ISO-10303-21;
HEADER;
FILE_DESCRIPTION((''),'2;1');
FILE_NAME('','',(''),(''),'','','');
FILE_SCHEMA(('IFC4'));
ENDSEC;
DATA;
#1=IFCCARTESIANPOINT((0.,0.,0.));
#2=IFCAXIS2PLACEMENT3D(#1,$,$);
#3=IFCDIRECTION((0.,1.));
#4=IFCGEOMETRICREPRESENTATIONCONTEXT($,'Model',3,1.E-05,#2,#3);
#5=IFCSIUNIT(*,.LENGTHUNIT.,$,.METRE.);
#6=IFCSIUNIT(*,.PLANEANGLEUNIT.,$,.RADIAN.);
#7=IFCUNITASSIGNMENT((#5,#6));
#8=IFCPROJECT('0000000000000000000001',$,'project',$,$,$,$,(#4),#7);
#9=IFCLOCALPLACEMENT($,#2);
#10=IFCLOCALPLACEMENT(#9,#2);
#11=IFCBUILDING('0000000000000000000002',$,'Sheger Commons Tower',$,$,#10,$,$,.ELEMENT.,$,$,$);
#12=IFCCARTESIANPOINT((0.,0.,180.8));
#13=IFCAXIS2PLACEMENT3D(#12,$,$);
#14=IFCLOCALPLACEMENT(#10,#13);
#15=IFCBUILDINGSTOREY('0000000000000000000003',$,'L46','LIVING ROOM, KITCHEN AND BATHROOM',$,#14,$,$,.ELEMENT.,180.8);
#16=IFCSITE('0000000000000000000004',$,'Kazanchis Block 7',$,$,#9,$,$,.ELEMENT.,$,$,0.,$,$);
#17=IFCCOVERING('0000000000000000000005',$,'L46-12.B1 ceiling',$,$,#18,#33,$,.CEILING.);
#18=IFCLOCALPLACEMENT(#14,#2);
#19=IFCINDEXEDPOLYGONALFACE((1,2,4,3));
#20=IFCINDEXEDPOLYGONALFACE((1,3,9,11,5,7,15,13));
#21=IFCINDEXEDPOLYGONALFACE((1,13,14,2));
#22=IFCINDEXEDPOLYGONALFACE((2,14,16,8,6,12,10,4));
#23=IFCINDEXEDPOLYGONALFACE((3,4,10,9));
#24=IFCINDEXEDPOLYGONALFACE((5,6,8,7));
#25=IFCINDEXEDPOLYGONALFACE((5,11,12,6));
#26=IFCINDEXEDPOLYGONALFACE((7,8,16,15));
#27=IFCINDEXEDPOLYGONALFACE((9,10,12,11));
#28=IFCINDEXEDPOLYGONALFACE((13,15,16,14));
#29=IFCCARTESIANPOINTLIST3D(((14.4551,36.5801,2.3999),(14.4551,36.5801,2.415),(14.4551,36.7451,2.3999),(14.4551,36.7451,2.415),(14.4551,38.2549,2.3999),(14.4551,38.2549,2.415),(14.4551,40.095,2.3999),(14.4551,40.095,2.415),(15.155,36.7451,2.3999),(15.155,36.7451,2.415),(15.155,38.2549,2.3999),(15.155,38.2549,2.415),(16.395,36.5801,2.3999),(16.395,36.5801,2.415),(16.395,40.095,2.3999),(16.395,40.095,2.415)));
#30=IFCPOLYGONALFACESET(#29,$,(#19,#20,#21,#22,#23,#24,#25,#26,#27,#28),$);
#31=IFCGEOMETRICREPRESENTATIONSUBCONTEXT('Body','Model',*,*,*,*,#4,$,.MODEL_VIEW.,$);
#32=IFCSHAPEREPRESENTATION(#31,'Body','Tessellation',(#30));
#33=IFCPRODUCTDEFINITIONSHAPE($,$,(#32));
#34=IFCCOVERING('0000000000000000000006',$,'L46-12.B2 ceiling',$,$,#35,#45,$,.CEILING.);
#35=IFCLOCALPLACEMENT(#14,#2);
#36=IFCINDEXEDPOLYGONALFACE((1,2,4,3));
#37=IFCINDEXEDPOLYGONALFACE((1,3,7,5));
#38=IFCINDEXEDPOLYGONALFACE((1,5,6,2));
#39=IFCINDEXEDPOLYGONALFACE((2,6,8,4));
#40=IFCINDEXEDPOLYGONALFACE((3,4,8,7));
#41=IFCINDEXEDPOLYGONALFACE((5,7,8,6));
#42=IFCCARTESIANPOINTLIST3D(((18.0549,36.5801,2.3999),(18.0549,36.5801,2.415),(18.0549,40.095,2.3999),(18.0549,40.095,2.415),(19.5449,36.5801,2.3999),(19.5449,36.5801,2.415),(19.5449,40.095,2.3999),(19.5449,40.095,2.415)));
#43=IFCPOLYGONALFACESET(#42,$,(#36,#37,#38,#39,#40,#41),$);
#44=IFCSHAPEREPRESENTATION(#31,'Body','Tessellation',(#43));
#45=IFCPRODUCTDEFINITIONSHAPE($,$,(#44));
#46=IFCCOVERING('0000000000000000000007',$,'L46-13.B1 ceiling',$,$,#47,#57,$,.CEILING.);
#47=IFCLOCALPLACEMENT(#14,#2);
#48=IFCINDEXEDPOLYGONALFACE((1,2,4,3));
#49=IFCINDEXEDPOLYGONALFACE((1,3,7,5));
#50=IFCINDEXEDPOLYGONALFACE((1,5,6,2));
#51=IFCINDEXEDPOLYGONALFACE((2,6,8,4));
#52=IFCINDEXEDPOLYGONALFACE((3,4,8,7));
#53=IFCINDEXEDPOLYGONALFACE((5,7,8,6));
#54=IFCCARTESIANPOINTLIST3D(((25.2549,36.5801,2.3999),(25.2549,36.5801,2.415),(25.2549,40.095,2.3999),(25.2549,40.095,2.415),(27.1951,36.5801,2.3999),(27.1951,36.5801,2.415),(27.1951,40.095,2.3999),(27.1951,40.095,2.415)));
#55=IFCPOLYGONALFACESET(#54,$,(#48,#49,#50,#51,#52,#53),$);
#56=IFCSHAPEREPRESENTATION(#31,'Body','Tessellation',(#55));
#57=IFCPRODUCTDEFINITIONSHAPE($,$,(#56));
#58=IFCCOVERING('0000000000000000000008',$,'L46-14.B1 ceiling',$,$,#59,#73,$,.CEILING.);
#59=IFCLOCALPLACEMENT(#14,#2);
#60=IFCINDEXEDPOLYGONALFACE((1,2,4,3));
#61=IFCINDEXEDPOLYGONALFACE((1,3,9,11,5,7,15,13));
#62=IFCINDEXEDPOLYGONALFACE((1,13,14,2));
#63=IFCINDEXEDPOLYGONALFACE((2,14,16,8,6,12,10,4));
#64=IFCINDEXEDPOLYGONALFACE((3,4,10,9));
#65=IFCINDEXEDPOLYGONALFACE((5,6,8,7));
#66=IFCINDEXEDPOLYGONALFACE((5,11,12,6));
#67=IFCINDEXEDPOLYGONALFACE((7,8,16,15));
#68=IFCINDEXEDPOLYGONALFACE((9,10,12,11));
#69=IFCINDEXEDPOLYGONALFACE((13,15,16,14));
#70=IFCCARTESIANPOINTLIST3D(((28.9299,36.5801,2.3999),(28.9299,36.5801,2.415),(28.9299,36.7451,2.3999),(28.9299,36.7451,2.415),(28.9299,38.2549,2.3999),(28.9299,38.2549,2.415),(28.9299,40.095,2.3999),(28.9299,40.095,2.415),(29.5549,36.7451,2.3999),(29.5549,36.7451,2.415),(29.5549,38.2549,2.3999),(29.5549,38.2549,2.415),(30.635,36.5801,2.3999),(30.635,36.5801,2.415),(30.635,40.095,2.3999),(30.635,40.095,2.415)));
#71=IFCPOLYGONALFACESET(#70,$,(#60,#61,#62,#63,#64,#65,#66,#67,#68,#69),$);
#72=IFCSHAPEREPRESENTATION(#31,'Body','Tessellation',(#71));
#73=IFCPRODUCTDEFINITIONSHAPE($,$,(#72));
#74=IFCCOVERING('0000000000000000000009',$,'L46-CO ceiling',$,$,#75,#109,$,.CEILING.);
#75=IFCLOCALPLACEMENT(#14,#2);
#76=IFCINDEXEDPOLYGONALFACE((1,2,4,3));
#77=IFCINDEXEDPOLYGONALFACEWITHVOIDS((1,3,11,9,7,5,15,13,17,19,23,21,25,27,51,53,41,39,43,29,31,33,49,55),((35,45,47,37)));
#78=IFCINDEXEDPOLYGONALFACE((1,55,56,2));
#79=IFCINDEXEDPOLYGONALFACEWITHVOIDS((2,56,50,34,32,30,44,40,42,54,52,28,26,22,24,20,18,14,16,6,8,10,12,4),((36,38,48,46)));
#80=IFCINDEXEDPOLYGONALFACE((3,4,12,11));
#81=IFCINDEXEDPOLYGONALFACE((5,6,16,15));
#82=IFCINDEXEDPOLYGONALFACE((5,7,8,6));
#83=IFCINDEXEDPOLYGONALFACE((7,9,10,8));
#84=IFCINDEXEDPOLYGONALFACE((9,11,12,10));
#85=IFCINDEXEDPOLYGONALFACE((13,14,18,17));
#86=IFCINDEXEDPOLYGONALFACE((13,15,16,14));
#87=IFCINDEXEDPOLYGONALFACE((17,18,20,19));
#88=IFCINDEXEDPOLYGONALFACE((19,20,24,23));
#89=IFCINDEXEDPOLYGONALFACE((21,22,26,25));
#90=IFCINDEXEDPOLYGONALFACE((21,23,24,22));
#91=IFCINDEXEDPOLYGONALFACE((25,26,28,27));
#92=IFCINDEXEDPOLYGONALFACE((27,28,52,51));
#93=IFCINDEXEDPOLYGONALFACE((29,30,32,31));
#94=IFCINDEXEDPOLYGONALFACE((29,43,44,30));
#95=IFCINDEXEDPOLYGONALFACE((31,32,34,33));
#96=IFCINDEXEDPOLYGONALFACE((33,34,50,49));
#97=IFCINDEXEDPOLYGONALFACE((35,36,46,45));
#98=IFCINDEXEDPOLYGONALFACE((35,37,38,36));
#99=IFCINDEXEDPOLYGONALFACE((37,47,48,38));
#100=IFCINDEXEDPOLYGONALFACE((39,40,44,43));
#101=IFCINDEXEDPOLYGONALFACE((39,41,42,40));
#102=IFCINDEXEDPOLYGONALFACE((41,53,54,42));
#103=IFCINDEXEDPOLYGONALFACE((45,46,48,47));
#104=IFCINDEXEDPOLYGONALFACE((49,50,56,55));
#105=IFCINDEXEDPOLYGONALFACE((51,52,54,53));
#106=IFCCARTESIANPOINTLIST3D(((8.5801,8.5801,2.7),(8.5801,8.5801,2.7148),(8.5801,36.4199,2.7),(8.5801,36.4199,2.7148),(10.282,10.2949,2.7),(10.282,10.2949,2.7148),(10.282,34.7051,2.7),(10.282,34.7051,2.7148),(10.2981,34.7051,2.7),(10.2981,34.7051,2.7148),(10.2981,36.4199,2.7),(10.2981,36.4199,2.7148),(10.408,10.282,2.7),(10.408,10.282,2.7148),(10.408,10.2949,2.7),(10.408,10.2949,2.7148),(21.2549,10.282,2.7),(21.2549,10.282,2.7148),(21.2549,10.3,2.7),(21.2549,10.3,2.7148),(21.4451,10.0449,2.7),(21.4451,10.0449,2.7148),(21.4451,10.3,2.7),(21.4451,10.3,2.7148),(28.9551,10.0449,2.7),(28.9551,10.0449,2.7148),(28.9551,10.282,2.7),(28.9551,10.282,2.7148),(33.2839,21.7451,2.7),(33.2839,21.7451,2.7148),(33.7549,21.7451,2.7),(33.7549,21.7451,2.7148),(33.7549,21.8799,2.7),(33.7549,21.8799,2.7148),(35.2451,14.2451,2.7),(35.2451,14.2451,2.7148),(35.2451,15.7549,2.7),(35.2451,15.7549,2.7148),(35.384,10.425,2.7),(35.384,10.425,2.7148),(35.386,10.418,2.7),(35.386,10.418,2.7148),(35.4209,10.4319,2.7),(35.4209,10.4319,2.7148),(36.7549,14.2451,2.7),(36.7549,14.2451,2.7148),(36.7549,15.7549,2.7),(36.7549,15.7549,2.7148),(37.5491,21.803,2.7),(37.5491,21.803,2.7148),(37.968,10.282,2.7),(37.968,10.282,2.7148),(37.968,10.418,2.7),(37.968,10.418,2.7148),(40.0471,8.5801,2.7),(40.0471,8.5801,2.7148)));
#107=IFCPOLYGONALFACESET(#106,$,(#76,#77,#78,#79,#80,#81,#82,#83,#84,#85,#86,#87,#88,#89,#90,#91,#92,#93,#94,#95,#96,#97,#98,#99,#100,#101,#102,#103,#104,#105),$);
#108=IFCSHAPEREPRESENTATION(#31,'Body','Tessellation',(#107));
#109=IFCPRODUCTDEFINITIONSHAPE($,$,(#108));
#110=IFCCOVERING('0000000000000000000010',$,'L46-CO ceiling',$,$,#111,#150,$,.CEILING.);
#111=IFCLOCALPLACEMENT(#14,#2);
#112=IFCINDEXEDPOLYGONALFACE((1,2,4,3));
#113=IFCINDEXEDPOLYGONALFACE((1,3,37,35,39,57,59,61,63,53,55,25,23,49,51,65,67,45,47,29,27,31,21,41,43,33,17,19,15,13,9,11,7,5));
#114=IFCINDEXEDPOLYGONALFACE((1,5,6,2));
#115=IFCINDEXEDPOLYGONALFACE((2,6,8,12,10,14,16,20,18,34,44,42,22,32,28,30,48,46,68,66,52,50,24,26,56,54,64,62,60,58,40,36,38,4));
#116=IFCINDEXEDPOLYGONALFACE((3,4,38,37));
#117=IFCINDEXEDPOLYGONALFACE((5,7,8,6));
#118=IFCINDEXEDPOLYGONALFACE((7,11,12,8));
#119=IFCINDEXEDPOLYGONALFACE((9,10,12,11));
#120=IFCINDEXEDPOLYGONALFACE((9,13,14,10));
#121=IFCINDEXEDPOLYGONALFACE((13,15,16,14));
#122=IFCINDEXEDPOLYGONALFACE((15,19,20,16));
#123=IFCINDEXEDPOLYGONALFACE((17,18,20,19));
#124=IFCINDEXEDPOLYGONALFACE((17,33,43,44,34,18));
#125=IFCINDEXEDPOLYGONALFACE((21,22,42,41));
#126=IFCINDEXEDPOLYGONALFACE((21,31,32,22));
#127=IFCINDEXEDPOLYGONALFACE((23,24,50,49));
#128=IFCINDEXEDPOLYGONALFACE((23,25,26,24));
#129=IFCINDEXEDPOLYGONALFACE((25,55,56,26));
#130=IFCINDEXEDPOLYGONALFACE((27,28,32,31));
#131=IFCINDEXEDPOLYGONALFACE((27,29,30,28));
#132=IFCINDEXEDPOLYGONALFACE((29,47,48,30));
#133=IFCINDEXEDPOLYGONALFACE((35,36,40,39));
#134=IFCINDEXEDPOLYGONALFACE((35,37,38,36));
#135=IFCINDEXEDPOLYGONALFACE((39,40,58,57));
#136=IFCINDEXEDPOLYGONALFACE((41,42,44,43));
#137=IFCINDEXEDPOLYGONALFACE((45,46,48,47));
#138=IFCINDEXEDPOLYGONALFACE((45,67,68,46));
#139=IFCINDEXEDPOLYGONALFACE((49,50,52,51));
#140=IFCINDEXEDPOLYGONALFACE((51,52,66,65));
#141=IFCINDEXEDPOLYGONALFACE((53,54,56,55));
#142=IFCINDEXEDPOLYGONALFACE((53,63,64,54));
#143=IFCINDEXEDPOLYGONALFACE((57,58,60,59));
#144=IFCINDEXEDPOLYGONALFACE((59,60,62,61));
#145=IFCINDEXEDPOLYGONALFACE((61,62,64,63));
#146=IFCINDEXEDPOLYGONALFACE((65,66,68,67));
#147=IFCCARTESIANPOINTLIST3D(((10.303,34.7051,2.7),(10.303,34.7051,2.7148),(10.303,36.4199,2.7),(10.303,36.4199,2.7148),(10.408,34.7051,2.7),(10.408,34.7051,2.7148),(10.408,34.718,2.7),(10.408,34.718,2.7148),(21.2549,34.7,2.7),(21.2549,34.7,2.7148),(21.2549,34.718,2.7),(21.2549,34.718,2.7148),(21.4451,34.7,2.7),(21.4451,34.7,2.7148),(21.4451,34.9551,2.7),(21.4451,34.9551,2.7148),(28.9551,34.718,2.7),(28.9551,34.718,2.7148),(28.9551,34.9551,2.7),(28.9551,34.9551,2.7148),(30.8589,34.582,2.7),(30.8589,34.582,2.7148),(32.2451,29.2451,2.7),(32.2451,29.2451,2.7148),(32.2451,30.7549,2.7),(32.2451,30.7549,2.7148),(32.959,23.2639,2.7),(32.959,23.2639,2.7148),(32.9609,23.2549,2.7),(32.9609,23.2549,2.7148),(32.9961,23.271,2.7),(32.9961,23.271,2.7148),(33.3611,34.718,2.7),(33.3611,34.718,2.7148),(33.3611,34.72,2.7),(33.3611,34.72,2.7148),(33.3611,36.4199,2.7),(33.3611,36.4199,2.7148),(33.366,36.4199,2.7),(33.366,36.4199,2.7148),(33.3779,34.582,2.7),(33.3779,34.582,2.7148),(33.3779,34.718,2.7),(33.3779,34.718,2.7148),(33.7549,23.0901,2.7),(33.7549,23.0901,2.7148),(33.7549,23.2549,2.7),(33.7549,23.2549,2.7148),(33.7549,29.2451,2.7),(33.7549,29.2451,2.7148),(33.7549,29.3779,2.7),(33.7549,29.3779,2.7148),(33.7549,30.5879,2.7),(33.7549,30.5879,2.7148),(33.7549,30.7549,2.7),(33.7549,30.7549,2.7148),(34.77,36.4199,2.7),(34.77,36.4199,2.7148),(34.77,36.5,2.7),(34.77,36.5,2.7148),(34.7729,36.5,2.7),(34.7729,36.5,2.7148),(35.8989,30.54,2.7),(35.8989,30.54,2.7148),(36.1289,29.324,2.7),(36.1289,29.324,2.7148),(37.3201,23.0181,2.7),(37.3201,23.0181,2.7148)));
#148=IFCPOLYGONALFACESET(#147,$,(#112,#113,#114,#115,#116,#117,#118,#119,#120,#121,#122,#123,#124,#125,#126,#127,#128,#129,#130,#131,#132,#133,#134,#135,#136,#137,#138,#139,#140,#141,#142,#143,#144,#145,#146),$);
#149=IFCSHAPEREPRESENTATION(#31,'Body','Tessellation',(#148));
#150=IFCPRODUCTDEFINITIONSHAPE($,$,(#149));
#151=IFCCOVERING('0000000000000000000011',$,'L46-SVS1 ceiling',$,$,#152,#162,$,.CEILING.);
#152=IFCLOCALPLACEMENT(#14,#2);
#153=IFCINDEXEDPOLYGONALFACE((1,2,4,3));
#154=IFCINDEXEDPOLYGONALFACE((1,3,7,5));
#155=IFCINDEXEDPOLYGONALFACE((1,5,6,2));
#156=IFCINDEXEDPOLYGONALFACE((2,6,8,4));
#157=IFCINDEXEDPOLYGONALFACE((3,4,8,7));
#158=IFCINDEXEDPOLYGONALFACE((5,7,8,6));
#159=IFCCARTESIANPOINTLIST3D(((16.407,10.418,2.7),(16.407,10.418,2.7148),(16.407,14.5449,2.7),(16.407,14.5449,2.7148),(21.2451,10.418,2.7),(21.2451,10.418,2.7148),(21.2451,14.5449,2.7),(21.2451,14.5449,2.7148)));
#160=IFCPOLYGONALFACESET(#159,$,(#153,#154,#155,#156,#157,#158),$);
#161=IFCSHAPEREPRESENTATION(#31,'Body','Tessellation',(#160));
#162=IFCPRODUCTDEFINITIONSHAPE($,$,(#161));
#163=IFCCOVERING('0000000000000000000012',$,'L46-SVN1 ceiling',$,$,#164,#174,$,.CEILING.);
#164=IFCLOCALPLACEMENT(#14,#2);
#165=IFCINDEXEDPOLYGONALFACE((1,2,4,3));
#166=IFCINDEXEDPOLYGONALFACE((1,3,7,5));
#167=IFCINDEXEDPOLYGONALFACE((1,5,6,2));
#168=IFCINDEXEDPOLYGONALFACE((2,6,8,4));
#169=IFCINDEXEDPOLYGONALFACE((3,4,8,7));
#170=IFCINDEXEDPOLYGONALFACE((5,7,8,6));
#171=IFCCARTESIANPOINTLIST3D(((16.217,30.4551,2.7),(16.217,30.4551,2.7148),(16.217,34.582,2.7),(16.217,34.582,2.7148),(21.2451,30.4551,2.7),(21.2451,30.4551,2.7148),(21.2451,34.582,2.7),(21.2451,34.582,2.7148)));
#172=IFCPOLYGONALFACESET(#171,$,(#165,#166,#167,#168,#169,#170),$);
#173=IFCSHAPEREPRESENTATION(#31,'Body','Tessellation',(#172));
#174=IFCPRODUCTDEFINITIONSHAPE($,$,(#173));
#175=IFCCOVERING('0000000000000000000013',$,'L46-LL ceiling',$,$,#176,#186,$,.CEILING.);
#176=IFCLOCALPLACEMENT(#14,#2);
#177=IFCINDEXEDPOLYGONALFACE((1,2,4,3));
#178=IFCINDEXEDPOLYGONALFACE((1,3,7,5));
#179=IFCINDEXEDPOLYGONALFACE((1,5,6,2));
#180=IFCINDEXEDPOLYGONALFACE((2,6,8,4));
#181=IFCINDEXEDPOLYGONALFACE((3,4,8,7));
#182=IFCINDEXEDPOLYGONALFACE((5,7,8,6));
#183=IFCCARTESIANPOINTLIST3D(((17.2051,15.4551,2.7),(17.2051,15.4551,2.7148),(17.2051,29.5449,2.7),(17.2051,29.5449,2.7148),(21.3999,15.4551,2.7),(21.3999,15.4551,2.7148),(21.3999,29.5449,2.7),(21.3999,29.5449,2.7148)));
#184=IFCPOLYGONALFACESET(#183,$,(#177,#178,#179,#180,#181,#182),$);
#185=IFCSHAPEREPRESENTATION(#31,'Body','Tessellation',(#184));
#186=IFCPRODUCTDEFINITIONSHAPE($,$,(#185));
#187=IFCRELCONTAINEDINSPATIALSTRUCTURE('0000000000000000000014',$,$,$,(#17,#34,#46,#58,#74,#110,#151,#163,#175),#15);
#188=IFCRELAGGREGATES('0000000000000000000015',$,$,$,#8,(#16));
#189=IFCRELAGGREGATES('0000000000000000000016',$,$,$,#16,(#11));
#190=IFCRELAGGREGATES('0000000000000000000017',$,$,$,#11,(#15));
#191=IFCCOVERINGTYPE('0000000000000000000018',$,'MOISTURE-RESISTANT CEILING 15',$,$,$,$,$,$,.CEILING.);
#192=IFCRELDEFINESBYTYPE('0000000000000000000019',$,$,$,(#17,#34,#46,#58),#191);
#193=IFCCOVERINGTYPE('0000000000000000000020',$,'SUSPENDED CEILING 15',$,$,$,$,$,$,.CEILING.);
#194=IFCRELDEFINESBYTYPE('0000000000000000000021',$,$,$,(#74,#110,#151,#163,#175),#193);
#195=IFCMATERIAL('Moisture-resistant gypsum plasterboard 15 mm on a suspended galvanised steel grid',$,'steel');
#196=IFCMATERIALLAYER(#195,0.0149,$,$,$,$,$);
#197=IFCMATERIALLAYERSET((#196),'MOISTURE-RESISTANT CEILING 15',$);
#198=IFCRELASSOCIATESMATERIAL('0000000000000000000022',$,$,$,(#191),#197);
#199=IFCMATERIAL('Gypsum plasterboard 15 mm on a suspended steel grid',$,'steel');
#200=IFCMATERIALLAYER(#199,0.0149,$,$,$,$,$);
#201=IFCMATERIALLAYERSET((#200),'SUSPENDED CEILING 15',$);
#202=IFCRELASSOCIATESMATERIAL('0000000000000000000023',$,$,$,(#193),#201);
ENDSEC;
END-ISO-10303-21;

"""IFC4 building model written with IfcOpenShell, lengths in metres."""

from ifc_helpers import new_model, si_unit, direction, frame, origin, place, context, subcontext, project, spatial, polyline, outline, extrude, material, layer, layer_set, type_object, element, save


model = new_model("IFC4")

# Units and contexts
model_context = context("Model", 3, precision=1e-05, world=origin(), true_north=direction((0.0, 1.0)))
body_context = subcontext(model_context, "Body", "Model", "MODEL_VIEW")
ifc_project = project(units=[si_unit("LENGTHUNIT", "METRE"), si_unit("PLANEANGLEUNIT", "RADIAN")], contexts=[model_context])

# Site, building, storey
site_placement = place(None, origin())
site = spatial("IfcSite", under=ifc_project, at=site_placement, Name="Kazanchis Block 7", CompositionType="ELEMENT", RefElevation=0.0)
building_placement = place(site_placement, origin())
building = spatial("IfcBuilding", under=site, at=building_placement, Name="Sheger Commons Tower", CompositionType="ELEMENT")
storey_placement = place(building_placement, frame((0.0, 0.0, 180.8)))
storey = spatial("IfcBuildingStorey", under=building, at=storey_placement, Name="L46", Description="LIVING ROOM, KITCHEN AND BATHROOM", CompositionType="ELEMENT", Elevation=180.8)

# Coverings
ifc_material_1 = material(Name="Moisture-resistant gypsum plasterboard 15 mm on a suspended galvanised steel grid", Category="steel")
ifc_layer_1 = layer(ifc_material_1, 0.0149)
ifc_layer_set_1 = layer_set([ifc_layer_1], Name="MOISTURE-RESISTANT CEILING 15")
covering_type_1 = type_object("IfcCoveringType", Name="MOISTURE-RESISTANT CEILING 15", PredefinedType="CEILING", material=ifc_layer_set_1)
covering_1_placement = place(storey_placement, frame((0.0, 0.0, 2.3999)))
element("IfcCovering", 1, at=covering_1_placement, inside=storey, type_object=covering_type_1, Name="L46-12.B1 ceiling", PredefinedType="CEILING", context=body_context, shape_type="SweptSolid", body=[
    extrude(outline(polyline([(14.4551, 36.5801), (16.395, 36.5801), (16.395, 40.095), (14.4551, 40.095), (14.4551, 38.2549), (15.155, 38.2549), (15.155, 36.7451), (14.4551, 36.7451), (14.4551, 36.5801)])), origin(), (0.0, 0.0, 1.0), 0.0151),
])
covering_2_placement = place(storey_placement, frame((0.0, 0.0, 2.3999)))
element("IfcCovering", 2, at=covering_2_placement, inside=storey, type_object=covering_type_1, Name="L46-12.B2 ceiling", PredefinedType="CEILING", context=body_context, shape_type="SweptSolid", body=[
    extrude(outline(polyline([(18.0549, 36.5801), (19.5449, 36.5801), (19.5449, 40.095), (18.0549, 40.095), (18.0549, 36.5801)])), origin(), (0.0, 0.0, 1.0), 0.0151),
])
covering_3_placement = place(storey_placement, frame((0.0, 0.0, 2.3999)))
element("IfcCovering", 3, at=covering_3_placement, inside=storey, type_object=covering_type_1, Name="L46-13.B1 ceiling", PredefinedType="CEILING", context=body_context, shape_type="SweptSolid", body=[
    extrude(outline(polyline([(25.2549, 36.5801), (27.1951, 36.5801), (27.1951, 40.095), (25.2549, 40.095), (25.2549, 36.5801)])), origin(), (0.0, 0.0, 1.0), 0.0151),
])
covering_4_placement = place(storey_placement, frame((0.0, 0.0, 2.3999)))
element("IfcCovering", 4, at=covering_4_placement, inside=storey, type_object=covering_type_1, Name="L46-14.B1 ceiling", PredefinedType="CEILING", context=body_context, shape_type="SweptSolid", body=[
    extrude(outline(polyline([(28.9299, 36.5801), (30.635, 36.5801), (30.635, 40.095), (28.9299, 40.095), (28.9299, 38.2549), (29.5549, 38.2549), (29.5549, 36.7451), (28.9299, 36.7451), (28.9299, 36.5801)])), origin(), (0.0, 0.0, 1.0), 0.0151),
])
ifc_material_2 = material(Name="Gypsum plasterboard 15 mm on a suspended steel grid", Category="steel")
ifc_layer_2 = layer(ifc_material_2, 0.0149)
ifc_layer_set_2 = layer_set([ifc_layer_2], Name="SUSPENDED CEILING 15")
covering_type_2 = type_object("IfcCoveringType", Name="SUSPENDED CEILING 15", PredefinedType="CEILING", material=ifc_layer_set_2)
covering_5_placement = place(storey_placement, frame((0.0, 0.0, 2.7)))
element("IfcCovering", 5, at=covering_5_placement, inside=storey, type_object=covering_type_2, Name="L46-CO ceiling", PredefinedType="CEILING", context=body_context, shape_type="SweptSolid", body=[
    extrude(outline(polyline([(8.5801, 8.5801), (40.0471, 8.5801), (37.5491, 21.803), (33.7549, 21.8799), (33.7549, 21.7451), (33.2839, 21.7451), (35.4209, 10.4319), (35.384, 10.425), (35.386, 10.418), (37.968, 10.418), (37.968, 10.282), (28.9551, 10.282), (28.9551, 10.0449), (21.4451, 10.0449), (21.4451, 10.3), (21.2549, 10.3), (21.2549, 10.282), (10.408, 10.282), (10.408, 10.2949), (10.282, 10.2949), (10.282, 34.7051), (10.2981, 34.7051), (10.2981, 36.4199), (8.5801, 36.4199), (8.5801, 8.5801)]), holes=[polyline([(35.2451, 15.7549), (36.7549, 15.7549), (36.7549, 14.2451), (35.2451, 14.2451), (35.2451, 15.7549)])]), origin(), (0.0, 0.0, 1.0), 0.0149),
])
covering_6_placement = place(storey_placement, frame((0.0, 0.0, 2.7)))
element("IfcCovering", 6, at=covering_6_placement, inside=storey, type_object=covering_type_2, Name="L46-CO ceiling", PredefinedType="CEILING", context=body_context, shape_type="SweptSolid", body=[
    extrude(outline(polyline([(37.3201, 23.0181), (36.1289, 29.324), (33.7549, 29.3779), (33.7549, 29.2451), (32.2451, 29.2451), (32.2451, 30.7549), (33.7549, 30.7549), (33.7549, 30.5879), (35.8989, 30.54), (34.7729, 36.5), (34.77, 36.5), (34.77, 36.4199), (33.366, 36.4199), (33.3611, 34.72), (33.3611, 36.4199), (10.303, 36.4199), (10.303, 34.7051), (10.408, 34.7051), (10.408, 34.718), (21.2549, 34.718), (21.2549, 34.7), (21.4451, 34.7), (21.4451, 34.9551), (28.9551, 34.9551), (28.9551, 34.718), (33.3611, 34.718), (33.3779, 34.718), (33.3779, 34.582), (30.8589, 34.582), (32.9961, 23.271), (32.959, 23.2639), (32.9609, 23.2549), (33.7549, 23.2549), (33.7549, 23.0901), (37.3201, 23.0181)])), origin(), (0.0, 0.0, 1.0), 0.0149),
])
covering_7_placement = place(storey_placement, frame((0.0, 0.0, 2.7)))
element("IfcCovering", 7, at=covering_7_placement, inside=storey, type_object=covering_type_2, Name="L46-SVS1 ceiling", PredefinedType="CEILING", context=body_context, shape_type="SweptSolid", body=[
    extrude(outline(polyline([(16.407, 10.418), (21.2451, 10.418), (21.2451, 14.5449), (16.407, 14.5449), (16.407, 10.418)])), origin(), (0.0, 0.0, 1.0), 0.0149),
])
covering_8_placement = place(storey_placement, frame((0.0, 0.0, 2.7)))
element("IfcCovering", 8, at=covering_8_placement, inside=storey, type_object=covering_type_2, Name="L46-SVN1 ceiling", PredefinedType="CEILING", context=body_context, shape_type="SweptSolid", body=[
    extrude(outline(polyline([(16.217, 30.4551), (21.2451, 30.4551), (21.2451, 34.582), (16.217, 34.582), (16.217, 30.4551)])), origin(), (0.0, 0.0, 1.0), 0.0149),
])
covering_9_placement = place(storey_placement, frame((0.0, 0.0, 2.7)))
element("IfcCovering", 9, at=covering_9_placement, inside=storey, type_object=covering_type_2, Name="L46-LL ceiling", PredefinedType="CEILING", context=body_context, shape_type="SweptSolid", body=[
    extrude(outline(polyline([(17.2051, 15.4551), (21.3999, 15.4551), (21.3999, 29.5449), (17.2051, 29.5449), (17.2051, 15.4551)])), origin(), (0.0, 0.0, 1.0), 0.0149),
])

save(model, "model.ifc")
